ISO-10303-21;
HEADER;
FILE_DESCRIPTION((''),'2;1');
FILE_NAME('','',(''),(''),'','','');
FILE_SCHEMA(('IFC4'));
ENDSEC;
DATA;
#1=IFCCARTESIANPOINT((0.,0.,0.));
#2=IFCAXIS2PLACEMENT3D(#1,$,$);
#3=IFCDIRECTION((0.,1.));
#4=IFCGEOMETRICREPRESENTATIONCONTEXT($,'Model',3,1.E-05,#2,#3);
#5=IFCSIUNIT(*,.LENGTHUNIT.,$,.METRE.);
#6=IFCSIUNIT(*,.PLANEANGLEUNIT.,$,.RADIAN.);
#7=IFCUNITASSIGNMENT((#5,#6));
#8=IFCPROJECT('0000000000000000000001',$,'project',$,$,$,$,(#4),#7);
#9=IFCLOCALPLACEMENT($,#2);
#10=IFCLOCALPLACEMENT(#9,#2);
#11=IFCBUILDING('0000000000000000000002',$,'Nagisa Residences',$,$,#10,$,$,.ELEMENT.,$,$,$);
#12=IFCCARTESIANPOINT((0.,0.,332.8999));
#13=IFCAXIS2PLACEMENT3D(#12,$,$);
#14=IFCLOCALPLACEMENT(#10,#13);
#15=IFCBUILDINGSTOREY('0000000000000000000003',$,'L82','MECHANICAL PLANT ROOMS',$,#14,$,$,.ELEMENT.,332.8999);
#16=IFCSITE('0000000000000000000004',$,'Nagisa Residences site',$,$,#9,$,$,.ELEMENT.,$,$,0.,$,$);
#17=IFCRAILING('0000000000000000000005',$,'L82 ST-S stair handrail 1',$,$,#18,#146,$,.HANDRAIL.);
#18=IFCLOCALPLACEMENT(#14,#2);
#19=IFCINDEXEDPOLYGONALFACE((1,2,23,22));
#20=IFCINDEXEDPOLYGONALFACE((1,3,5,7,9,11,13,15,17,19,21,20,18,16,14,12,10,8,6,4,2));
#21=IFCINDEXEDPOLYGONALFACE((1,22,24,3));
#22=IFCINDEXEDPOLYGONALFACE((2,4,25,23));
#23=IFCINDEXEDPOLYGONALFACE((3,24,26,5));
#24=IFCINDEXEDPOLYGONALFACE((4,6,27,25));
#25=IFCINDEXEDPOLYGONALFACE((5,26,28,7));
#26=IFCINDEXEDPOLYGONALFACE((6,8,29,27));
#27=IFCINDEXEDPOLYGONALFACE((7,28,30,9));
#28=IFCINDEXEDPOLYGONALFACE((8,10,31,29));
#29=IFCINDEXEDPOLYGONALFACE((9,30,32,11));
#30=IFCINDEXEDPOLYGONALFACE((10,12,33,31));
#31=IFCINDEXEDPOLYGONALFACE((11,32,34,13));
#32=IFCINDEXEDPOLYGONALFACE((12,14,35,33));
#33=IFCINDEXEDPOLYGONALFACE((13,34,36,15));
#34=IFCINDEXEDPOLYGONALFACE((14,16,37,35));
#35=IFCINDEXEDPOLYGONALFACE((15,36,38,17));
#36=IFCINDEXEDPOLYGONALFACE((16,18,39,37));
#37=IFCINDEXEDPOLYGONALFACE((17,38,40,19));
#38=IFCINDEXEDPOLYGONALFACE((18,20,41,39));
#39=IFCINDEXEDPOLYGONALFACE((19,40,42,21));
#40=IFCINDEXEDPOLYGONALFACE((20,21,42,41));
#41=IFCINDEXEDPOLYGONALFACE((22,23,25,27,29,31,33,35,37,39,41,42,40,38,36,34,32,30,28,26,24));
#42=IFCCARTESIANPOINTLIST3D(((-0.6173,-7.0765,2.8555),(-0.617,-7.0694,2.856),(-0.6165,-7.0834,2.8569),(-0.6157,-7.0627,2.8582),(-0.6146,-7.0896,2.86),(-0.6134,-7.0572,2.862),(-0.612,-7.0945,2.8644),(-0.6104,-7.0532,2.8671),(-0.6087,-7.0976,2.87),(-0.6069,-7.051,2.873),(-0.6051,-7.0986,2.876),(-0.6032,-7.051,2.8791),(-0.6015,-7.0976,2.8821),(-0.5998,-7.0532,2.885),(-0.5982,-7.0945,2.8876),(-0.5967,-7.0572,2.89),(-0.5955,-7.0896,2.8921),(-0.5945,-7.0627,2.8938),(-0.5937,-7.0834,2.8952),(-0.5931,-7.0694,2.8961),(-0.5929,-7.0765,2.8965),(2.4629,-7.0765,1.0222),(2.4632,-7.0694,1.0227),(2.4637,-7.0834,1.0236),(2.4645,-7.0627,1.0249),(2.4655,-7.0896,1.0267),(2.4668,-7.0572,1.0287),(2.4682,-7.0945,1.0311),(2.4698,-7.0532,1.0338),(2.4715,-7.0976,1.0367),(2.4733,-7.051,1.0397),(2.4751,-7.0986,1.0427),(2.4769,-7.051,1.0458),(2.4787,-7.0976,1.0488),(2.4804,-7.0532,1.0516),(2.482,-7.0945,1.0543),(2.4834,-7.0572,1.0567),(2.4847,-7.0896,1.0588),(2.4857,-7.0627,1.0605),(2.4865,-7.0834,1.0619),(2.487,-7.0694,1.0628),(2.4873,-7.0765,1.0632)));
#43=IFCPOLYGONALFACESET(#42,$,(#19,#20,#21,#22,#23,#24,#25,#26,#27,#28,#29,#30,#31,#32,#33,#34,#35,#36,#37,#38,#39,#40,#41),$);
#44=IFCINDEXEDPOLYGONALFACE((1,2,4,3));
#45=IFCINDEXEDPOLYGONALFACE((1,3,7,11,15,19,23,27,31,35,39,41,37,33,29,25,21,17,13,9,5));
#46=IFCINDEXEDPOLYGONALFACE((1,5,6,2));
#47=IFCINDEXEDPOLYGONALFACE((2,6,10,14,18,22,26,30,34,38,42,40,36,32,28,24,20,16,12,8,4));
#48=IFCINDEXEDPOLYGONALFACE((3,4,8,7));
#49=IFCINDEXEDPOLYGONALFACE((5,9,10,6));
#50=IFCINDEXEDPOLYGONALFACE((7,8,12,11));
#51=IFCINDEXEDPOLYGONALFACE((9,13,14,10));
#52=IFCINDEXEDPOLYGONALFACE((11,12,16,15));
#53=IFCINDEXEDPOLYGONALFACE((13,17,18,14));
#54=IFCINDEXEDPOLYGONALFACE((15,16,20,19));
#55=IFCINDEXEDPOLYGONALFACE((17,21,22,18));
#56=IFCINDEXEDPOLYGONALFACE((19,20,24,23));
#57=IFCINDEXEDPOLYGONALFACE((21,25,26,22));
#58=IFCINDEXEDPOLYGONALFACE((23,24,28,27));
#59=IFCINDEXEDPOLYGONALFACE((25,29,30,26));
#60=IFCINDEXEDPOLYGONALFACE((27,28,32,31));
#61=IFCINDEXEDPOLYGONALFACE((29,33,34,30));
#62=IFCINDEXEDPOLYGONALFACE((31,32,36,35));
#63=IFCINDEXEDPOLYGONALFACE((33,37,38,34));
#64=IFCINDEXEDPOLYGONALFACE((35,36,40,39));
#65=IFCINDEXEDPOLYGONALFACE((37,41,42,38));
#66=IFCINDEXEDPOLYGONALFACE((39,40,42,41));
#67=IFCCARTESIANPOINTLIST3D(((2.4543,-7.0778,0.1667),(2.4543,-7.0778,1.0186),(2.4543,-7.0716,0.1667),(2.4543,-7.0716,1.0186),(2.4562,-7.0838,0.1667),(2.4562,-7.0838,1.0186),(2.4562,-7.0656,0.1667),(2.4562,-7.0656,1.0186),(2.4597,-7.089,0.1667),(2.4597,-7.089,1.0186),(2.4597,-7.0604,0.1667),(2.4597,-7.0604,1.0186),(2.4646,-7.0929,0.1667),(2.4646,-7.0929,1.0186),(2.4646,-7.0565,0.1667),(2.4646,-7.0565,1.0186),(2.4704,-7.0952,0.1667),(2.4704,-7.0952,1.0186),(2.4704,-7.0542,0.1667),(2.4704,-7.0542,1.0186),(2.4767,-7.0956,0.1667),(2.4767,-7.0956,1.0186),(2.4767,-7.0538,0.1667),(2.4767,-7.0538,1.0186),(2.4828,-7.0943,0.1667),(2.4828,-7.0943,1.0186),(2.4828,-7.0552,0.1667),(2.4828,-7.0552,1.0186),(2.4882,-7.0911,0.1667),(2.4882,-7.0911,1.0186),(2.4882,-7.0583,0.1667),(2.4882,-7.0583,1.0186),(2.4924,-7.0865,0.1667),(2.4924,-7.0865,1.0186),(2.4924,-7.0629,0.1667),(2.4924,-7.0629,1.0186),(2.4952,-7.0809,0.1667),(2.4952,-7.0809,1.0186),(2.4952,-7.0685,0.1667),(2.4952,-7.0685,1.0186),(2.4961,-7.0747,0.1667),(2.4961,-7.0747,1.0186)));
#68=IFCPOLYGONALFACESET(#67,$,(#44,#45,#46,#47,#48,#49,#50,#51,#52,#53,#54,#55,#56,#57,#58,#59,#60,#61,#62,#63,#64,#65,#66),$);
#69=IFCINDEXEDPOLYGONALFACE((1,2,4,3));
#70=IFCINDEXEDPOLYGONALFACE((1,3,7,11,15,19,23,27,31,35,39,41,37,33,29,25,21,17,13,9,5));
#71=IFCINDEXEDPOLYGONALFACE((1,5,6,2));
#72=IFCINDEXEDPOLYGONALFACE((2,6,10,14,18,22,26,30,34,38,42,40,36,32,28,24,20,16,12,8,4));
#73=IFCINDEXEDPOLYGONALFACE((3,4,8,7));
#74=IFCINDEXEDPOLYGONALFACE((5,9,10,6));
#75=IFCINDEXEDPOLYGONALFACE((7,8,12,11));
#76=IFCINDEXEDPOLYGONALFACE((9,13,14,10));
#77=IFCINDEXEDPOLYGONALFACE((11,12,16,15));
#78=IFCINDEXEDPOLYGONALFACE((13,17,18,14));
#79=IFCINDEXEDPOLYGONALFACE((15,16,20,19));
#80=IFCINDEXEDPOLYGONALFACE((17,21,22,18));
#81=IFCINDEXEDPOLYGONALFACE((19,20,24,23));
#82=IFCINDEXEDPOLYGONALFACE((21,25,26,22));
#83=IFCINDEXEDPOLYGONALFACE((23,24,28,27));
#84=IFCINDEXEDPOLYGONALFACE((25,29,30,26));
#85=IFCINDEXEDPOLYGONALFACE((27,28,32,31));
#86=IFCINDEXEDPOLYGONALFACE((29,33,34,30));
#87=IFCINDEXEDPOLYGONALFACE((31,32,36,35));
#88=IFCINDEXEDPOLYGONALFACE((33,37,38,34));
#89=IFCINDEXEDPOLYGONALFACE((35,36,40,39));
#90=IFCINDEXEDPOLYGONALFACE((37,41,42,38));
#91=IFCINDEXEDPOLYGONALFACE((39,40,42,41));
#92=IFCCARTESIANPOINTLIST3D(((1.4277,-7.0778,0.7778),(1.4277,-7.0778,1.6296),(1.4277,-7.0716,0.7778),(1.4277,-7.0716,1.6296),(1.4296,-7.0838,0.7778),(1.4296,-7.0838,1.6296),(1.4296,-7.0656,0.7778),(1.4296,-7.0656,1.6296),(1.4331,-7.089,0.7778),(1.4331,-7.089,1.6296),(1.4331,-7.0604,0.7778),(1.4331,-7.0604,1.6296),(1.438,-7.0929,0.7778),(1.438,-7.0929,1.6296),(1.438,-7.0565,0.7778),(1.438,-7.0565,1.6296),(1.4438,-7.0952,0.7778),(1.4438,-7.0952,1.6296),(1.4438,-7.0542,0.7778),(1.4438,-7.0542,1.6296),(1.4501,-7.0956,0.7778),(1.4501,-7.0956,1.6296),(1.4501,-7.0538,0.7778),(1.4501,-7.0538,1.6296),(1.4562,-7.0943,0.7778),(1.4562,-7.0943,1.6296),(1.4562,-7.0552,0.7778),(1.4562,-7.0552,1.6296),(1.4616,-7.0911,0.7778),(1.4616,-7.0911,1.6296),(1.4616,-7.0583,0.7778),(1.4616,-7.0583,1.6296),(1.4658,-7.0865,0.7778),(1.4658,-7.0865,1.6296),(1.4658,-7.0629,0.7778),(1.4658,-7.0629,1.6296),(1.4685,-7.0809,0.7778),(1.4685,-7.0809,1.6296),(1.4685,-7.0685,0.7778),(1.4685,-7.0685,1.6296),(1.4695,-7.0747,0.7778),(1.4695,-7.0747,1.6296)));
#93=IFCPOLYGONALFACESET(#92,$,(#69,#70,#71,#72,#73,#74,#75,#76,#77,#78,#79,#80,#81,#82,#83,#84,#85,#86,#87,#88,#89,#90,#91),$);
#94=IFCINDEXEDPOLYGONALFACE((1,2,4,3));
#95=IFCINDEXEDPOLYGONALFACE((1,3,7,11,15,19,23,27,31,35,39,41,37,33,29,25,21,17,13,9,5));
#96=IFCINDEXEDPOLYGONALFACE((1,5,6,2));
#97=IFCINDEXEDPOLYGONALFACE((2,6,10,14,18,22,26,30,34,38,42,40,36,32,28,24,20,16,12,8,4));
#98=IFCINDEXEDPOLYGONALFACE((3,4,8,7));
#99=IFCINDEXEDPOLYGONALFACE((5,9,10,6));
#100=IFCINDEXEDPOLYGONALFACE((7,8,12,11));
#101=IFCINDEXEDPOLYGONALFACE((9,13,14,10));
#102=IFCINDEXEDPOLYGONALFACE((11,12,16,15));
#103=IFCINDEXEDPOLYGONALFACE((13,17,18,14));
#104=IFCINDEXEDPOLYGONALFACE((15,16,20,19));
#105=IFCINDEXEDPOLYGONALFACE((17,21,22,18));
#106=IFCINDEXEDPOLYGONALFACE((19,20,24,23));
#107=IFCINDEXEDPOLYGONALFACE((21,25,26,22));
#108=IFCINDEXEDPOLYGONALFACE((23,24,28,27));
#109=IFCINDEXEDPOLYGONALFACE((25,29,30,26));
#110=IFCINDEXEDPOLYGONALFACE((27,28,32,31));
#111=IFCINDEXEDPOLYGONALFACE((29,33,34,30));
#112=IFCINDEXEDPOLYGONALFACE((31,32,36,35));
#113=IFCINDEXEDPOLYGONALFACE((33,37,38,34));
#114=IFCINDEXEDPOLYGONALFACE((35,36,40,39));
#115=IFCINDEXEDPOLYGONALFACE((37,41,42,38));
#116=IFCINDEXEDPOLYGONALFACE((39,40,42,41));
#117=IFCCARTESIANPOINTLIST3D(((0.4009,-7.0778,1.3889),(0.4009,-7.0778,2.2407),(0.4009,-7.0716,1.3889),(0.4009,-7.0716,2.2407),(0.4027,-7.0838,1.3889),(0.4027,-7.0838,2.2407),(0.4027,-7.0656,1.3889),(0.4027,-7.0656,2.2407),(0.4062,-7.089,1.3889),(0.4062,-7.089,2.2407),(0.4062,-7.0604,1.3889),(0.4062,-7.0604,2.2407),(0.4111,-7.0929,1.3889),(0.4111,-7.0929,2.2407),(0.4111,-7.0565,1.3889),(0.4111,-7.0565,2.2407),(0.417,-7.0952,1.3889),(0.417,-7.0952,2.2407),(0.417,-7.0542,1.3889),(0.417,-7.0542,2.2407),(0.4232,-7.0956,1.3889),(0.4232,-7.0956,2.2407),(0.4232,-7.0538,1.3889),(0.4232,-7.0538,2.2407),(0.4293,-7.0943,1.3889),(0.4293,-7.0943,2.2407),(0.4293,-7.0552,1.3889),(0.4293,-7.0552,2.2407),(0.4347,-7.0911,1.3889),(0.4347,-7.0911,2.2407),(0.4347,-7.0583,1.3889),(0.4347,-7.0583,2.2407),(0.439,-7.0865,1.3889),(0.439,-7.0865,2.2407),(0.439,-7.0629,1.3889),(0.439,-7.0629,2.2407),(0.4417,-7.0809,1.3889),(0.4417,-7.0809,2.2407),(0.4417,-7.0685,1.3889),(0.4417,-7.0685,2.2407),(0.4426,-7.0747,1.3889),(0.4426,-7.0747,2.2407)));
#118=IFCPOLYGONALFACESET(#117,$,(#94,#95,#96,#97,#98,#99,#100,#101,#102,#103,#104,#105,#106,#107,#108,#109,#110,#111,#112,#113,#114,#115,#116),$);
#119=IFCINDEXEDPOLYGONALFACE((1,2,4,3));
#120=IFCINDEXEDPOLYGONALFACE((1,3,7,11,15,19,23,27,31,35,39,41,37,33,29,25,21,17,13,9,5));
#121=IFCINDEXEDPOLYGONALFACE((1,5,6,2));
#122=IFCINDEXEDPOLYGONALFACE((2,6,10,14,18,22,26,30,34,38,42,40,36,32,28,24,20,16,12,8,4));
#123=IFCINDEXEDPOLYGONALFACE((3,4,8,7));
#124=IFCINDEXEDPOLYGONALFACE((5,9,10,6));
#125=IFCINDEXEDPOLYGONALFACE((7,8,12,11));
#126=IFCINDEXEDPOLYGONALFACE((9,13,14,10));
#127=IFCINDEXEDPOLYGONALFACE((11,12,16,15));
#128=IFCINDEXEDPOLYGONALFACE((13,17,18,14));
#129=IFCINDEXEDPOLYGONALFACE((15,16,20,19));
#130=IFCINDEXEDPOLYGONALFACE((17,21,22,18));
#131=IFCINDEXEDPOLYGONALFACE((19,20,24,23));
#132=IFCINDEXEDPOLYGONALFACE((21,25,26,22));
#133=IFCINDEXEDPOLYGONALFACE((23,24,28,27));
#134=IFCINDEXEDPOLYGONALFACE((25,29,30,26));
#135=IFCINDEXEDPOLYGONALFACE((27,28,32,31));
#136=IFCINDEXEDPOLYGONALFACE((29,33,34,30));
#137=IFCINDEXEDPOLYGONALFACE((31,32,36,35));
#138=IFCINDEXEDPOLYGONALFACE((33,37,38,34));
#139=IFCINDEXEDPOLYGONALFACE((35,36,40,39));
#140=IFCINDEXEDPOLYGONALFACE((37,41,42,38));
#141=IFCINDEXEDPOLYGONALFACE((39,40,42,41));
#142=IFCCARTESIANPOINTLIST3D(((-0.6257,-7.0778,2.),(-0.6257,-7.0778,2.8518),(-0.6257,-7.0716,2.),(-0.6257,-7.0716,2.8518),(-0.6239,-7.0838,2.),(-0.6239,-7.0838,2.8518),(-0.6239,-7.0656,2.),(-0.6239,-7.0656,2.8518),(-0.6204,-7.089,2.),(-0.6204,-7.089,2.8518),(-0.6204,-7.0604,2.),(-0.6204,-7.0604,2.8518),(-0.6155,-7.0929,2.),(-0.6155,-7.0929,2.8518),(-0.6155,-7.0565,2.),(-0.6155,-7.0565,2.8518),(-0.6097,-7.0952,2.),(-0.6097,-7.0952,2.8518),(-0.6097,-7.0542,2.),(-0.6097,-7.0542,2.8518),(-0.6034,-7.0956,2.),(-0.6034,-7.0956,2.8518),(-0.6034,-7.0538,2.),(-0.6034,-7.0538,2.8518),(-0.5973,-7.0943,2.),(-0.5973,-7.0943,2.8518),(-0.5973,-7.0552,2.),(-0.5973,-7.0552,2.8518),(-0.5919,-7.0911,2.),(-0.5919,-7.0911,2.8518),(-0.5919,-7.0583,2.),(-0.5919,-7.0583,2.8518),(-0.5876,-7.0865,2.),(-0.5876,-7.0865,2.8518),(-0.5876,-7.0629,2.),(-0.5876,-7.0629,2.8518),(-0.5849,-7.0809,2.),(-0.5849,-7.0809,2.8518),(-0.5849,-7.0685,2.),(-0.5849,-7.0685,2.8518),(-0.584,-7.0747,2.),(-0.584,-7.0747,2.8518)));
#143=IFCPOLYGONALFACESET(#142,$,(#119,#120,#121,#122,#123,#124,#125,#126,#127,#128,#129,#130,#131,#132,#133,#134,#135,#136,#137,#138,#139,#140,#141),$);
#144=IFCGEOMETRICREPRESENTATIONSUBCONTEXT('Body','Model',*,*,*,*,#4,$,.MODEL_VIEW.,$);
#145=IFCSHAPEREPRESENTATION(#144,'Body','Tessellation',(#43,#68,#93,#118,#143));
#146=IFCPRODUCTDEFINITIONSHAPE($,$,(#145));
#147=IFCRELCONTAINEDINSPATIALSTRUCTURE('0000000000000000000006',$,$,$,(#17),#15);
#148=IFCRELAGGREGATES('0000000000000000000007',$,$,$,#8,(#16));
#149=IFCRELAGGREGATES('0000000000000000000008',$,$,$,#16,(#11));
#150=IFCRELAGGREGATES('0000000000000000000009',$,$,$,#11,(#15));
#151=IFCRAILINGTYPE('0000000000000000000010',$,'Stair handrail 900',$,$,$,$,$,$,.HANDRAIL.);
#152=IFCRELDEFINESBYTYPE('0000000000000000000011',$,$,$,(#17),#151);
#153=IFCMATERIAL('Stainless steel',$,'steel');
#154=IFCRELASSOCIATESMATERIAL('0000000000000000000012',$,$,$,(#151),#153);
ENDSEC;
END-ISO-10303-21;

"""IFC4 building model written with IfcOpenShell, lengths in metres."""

from ifc_helpers import new_model, si_unit, direction, frame, origin, origin_2d, place, context, subcontext, project, spatial, circle, extrude, material, type_object, element, save


model = new_model("IFC4")

# Units and contexts
model_context = context("Model", 3, precision=1e-05, world=origin(), true_north=direction((0.0, 1.0)))
body_context = subcontext(model_context, "Body", "Model", "MODEL_VIEW")
ifc_project = project(units=[si_unit("LENGTHUNIT", "METRE"), si_unit("PLANEANGLEUNIT", "RADIAN")], contexts=[model_context])

# Site, building, storey
site_placement = place(None, origin())
site = spatial("IfcSite", under=ifc_project, at=site_placement, Name="Nagisa Residences site", CompositionType="ELEMENT", RefElevation=0.0)
building_placement = place(site_placement, origin())
building = spatial("IfcBuilding", under=site, at=building_placement, Name="Nagisa Residences", CompositionType="ELEMENT")
storey_placement = place(building_placement, frame((0.0, 0.0, 332.8999)))
storey = spatial("IfcBuildingStorey", under=building, at=storey_placement, Name="L82", Description="MECHANICAL PLANT ROOMS", CompositionType="ELEMENT", Elevation=332.8999)

# Railing
ifc_material_1 = material(Name="Stainless steel", Category="steel")
railing_type_1 = type_object("IfcRailingType", Name="Stair handrail 900", PredefinedType="HANDRAIL", material=ifc_material_1)
railing_1_placement = place(storey_placement, frame((2.4751, -7.0747, 0.1667)))
element("IfcRailing", 1, at=railing_1_placement, inside=storey, type_object=railing_type_1, Name="L82 ST-S stair handrail 1", PredefinedType="HANDRAIL", context=body_context, shape_type="SweptSolid", body=[
    extrude(circle(Radius=0.0239, at=origin_2d()), frame((0.0, 0.0, 0.876), z_axis=(-0.859309, 0.0, 0.511458), x_axis=(0.0, -1.0, 0.0)), (0.0, 0.0, 1.0), 3.5845),
    extrude(circle(Radius=0.021, at=origin_2d()), origin(), (0.0, 0.0, 1.0), 0.8518),
    extrude(circle(Radius=0.021, at=origin_2d()), frame((-1.0266, 0.0, 0.6111)), (0.0, 0.0, 1.0), 0.8518),
    extrude(circle(Radius=0.021, at=origin_2d()), frame((-2.0535, 0.0, 1.2222)), (0.0, 0.0, 1.0), 0.8518),
    extrude(circle(Radius=0.021, at=origin_2d()), frame((-3.0801, 0.0, 1.8333)), (0.0, 0.0, 1.0), 0.8518),
])

save(model, "model.ifc")
